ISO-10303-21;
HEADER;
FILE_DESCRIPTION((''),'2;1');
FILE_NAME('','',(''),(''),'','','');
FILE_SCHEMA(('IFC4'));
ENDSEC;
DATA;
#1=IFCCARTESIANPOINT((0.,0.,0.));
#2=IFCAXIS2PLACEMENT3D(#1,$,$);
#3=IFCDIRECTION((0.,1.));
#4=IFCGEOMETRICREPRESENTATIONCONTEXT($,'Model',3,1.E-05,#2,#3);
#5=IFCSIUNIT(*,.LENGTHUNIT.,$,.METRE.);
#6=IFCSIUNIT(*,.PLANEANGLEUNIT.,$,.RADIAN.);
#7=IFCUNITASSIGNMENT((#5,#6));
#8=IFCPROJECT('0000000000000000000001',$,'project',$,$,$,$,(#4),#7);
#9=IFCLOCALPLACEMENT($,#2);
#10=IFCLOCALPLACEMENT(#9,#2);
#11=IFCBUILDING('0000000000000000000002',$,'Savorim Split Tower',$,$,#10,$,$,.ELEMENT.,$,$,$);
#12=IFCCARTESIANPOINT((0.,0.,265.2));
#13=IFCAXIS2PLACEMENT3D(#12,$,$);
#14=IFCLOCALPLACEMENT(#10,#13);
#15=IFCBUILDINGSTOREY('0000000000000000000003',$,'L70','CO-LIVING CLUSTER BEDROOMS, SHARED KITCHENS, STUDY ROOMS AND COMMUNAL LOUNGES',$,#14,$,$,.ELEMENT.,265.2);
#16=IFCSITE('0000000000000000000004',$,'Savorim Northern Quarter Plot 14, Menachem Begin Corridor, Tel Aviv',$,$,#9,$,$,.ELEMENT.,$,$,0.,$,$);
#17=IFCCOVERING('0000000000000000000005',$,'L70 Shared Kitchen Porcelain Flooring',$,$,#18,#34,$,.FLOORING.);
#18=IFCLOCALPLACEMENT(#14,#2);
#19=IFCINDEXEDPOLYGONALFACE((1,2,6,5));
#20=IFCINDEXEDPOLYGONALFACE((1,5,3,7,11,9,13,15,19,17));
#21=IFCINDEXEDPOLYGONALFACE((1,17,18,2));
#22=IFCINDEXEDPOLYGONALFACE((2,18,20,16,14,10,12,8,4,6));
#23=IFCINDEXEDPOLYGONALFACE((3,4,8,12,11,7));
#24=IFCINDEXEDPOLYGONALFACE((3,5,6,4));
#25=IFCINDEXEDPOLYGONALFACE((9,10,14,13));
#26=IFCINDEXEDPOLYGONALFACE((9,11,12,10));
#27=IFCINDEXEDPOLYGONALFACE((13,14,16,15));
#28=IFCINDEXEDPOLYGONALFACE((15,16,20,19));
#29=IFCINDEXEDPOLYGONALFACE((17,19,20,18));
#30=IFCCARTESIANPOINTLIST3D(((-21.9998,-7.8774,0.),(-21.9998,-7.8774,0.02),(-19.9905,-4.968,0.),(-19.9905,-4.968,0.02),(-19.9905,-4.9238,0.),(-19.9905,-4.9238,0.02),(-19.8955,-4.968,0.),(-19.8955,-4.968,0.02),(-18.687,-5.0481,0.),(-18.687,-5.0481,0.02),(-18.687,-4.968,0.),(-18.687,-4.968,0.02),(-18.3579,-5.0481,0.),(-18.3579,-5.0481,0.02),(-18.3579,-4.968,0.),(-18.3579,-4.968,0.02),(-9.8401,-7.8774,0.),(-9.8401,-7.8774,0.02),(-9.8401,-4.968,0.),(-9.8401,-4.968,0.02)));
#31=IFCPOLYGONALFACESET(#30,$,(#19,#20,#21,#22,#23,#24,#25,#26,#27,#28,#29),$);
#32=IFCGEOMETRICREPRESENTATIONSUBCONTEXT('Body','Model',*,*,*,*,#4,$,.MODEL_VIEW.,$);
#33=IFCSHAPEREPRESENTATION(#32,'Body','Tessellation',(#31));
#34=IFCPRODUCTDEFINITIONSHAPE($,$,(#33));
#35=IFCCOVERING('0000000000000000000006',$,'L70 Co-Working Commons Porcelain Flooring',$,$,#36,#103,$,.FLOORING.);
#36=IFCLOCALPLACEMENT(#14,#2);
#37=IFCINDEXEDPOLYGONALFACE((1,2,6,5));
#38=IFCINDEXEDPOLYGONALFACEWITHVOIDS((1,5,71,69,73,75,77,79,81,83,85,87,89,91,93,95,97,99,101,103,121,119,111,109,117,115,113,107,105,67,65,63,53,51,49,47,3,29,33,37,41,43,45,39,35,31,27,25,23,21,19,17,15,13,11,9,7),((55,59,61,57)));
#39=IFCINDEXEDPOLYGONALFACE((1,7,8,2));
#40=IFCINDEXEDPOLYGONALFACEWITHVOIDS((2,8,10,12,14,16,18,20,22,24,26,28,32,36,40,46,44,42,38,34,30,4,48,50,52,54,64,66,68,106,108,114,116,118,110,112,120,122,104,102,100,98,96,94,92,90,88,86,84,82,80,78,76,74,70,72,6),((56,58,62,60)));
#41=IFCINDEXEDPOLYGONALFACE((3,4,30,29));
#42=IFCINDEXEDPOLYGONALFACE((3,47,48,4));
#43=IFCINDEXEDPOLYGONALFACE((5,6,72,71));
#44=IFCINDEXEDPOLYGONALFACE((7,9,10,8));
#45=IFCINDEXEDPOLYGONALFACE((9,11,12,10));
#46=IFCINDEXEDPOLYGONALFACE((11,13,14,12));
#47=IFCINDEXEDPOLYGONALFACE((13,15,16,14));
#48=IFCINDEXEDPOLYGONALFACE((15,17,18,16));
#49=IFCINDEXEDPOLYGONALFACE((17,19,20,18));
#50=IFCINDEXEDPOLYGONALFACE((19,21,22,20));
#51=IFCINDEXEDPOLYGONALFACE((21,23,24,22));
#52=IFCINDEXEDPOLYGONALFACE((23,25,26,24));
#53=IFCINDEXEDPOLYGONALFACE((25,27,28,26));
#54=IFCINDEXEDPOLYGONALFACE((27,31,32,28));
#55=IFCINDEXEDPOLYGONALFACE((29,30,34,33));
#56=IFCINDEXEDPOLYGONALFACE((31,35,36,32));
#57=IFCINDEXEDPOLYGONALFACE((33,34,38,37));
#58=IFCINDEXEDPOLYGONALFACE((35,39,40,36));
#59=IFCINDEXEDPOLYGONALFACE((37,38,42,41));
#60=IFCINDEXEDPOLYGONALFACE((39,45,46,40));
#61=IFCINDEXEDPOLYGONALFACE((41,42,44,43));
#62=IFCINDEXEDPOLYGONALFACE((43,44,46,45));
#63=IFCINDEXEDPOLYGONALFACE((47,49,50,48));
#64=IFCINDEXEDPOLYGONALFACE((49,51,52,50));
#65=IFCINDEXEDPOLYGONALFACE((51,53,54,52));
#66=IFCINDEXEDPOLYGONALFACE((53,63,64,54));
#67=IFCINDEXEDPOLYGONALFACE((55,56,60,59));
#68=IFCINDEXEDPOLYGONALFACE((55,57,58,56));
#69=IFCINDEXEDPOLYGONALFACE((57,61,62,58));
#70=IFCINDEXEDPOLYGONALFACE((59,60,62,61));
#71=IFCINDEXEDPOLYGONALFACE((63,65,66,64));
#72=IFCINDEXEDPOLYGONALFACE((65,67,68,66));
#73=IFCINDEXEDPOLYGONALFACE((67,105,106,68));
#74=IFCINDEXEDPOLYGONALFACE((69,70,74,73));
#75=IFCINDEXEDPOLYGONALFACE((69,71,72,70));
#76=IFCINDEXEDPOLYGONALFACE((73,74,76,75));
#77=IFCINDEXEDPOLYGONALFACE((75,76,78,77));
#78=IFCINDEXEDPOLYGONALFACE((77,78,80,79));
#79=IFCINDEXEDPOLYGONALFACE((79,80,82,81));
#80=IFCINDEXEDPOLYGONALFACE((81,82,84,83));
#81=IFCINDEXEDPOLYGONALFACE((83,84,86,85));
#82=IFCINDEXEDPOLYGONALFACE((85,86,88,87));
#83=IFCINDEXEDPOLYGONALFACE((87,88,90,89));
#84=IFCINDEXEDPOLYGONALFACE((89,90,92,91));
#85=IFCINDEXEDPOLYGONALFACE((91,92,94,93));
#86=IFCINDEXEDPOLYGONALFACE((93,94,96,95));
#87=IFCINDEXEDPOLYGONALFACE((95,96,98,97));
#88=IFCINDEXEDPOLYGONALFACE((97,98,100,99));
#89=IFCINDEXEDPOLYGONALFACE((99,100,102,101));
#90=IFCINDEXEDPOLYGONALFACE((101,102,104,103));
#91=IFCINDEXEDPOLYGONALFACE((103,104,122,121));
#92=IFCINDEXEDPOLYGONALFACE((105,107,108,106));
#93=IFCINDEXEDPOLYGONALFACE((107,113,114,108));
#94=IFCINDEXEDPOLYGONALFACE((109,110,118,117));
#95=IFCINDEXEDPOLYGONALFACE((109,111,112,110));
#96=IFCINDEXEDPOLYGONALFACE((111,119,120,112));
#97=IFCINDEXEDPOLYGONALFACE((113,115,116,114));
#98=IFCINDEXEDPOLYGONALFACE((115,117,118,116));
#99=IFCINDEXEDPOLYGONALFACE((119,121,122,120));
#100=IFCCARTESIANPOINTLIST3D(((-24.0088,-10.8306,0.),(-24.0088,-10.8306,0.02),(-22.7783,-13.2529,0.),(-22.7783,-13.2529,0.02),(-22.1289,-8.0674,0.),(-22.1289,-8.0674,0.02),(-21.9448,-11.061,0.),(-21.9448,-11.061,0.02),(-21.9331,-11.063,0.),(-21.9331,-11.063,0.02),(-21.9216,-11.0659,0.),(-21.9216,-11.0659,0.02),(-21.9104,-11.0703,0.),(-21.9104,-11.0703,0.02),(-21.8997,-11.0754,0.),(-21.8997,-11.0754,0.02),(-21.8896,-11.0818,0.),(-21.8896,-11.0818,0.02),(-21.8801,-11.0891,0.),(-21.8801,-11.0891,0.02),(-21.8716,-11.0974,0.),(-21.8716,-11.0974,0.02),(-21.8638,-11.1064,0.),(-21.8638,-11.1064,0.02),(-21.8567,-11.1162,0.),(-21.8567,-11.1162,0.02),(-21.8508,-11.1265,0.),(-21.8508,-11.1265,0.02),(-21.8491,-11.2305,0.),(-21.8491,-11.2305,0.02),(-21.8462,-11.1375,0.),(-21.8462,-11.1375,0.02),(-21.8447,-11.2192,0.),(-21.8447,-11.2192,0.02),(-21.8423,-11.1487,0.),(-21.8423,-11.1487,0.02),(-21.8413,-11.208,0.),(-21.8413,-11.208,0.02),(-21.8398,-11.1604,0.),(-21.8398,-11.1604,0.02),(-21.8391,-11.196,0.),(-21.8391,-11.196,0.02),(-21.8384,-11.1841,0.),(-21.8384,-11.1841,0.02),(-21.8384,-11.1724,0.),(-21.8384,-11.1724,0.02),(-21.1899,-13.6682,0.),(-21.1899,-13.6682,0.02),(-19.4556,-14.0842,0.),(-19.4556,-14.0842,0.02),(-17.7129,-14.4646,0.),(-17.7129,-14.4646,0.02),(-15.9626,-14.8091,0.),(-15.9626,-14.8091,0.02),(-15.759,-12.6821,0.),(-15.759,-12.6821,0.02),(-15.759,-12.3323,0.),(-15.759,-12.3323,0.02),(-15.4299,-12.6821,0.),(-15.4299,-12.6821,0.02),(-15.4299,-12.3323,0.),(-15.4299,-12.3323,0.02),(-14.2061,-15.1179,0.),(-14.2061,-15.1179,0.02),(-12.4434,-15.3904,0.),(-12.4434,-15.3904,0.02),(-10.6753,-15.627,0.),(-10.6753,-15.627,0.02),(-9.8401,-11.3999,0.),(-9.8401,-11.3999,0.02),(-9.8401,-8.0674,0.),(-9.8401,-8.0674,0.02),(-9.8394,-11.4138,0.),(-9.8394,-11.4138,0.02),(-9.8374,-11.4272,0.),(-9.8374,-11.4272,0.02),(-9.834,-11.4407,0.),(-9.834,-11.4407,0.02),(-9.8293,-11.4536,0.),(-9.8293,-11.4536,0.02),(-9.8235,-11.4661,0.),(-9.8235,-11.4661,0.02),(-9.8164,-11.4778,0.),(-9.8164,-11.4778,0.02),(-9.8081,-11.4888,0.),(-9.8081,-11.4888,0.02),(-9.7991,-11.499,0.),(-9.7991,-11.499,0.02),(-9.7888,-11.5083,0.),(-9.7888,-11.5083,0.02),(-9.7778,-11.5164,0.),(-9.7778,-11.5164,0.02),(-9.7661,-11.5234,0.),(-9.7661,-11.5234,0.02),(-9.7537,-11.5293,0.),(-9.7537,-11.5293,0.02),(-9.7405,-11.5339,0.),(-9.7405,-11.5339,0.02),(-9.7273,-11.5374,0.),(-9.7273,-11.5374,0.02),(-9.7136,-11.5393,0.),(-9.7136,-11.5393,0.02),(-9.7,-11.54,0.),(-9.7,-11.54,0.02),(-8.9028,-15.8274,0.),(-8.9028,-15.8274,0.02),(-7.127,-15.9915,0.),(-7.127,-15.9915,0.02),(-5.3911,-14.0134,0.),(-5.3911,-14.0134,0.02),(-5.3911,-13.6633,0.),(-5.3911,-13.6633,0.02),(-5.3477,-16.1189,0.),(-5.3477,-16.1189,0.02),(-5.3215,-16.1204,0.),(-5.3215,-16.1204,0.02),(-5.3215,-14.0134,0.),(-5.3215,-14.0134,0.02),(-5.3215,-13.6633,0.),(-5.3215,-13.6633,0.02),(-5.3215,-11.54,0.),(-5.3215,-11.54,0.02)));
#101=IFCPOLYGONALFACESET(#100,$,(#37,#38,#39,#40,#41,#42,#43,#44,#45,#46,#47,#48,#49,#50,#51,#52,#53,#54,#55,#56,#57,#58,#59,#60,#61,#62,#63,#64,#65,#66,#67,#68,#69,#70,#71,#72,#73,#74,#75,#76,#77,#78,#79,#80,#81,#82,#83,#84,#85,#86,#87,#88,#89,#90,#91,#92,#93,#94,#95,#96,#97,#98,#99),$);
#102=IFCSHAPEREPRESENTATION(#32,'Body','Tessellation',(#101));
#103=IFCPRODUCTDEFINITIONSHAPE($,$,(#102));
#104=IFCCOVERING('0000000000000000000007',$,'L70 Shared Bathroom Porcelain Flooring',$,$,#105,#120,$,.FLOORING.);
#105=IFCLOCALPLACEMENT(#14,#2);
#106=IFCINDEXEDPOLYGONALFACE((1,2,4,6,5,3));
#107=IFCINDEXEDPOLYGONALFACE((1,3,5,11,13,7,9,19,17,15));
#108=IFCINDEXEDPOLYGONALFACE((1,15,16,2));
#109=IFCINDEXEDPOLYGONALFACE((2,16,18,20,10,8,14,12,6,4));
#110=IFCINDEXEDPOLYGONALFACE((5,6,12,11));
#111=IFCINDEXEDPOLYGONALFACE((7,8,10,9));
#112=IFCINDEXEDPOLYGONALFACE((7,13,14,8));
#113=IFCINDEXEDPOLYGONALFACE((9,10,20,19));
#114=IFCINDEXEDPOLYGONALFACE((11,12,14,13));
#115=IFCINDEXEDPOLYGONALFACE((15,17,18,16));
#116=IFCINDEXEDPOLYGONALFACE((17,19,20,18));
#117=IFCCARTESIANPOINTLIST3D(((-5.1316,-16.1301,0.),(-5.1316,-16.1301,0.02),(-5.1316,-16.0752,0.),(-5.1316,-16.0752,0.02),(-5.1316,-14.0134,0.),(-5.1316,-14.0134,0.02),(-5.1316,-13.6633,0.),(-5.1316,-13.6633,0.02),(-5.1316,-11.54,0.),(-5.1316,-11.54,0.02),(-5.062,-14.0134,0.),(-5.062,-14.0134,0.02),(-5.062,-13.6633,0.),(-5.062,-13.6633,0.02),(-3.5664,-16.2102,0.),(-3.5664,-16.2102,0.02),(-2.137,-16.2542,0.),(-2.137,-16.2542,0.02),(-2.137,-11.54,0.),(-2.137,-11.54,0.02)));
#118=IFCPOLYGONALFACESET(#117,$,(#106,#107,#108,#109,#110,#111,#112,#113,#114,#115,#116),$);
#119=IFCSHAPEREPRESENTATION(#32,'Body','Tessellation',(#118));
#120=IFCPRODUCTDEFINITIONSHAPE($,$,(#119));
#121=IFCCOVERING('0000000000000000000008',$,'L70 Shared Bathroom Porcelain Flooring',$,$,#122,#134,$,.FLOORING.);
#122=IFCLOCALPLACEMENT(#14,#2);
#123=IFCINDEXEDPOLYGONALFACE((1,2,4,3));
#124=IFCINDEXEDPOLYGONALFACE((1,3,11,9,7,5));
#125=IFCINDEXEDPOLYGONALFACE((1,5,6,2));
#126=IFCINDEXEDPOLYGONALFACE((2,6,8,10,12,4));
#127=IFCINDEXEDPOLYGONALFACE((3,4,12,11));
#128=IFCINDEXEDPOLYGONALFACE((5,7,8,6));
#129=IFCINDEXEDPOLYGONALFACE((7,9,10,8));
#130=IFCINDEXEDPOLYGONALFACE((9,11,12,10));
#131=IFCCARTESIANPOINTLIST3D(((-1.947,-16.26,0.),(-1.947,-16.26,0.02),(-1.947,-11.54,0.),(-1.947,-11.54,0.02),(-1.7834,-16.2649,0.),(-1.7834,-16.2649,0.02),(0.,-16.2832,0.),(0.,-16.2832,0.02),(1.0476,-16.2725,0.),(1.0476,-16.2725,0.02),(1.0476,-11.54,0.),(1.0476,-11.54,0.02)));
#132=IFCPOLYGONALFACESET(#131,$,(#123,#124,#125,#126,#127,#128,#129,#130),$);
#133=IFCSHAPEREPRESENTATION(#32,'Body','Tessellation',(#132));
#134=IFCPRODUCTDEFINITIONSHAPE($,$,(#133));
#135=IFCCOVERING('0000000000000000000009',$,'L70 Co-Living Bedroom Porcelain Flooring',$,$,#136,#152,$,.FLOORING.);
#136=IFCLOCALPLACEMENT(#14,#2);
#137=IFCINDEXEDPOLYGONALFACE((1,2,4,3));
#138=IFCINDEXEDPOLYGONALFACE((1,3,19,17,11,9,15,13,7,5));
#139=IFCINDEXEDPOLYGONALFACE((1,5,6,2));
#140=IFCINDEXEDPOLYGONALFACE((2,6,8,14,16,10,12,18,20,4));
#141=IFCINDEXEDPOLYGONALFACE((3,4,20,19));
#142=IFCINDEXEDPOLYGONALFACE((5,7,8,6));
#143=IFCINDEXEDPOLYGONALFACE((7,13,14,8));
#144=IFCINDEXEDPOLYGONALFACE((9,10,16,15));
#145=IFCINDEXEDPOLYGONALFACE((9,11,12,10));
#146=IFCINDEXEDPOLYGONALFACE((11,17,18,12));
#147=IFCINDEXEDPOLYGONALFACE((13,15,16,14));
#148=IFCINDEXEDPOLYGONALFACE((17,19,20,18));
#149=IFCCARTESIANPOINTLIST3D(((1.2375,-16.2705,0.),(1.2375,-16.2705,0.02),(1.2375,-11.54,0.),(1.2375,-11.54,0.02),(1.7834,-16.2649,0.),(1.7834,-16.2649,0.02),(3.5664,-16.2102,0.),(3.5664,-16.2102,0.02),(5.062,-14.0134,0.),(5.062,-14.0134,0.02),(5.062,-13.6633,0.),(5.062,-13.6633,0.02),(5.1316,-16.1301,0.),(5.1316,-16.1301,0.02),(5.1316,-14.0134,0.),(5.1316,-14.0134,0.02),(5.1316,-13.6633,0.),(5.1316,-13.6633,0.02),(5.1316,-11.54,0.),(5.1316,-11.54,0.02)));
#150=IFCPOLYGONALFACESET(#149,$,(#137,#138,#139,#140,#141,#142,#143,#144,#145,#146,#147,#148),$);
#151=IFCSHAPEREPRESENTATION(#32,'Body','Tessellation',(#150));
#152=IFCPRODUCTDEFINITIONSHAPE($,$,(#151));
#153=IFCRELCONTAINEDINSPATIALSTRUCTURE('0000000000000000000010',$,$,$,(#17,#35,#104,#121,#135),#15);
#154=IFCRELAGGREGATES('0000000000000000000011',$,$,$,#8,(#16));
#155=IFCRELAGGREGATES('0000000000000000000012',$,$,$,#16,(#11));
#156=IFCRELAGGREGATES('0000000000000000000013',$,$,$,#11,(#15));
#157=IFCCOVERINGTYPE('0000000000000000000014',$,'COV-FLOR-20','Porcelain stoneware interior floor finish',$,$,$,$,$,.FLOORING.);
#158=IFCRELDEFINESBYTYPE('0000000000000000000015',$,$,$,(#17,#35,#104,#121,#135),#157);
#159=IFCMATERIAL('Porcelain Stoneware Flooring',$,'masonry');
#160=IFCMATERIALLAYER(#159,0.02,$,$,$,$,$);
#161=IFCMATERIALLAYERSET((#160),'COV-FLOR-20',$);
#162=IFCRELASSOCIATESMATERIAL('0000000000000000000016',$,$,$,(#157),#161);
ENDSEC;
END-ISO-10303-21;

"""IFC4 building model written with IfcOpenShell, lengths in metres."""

from ifc_helpers import new_model, si_unit, direction, frame, origin, place, context, subcontext, project, spatial, polyline, outline, extrude, material, layer, layer_set, type_object, element, save


model = new_model("IFC4")

# Units and contexts
model_context = context("Model", 3, precision=1e-05, world=origin(), true_north=direction((0.0, 1.0)))
body_context = subcontext(model_context, "Body", "Model", "MODEL_VIEW")
ifc_project = project(units=[si_unit("LENGTHUNIT", "METRE"), si_unit("PLANEANGLEUNIT", "RADIAN")], contexts=[model_context])

# Site, building, storey
site_placement = place(None, origin())
site = spatial("IfcSite", under=ifc_project, at=site_placement, Name="Savorim Northern Quarter Plot 14, Menachem Begin Corridor, Tel Aviv", CompositionType="ELEMENT", RefElevation=0.0)
building_placement = place(site_placement, origin())
building = spatial("IfcBuilding", under=site, at=building_placement, Name="Savorim Split Tower", CompositionType="ELEMENT")
storey_placement = place(building_placement, frame((0.0, 0.0, 265.2)))
storey = spatial("IfcBuildingStorey", under=building, at=storey_placement, Name="L70", Description="CO-LIVING CLUSTER BEDROOMS, SHARED KITCHENS, STUDY ROOMS AND COMMUNAL LOUNGES", CompositionType="ELEMENT", Elevation=265.2)

# Coverings
ifc_material_1 = material(Name="Porcelain Stoneware Flooring", Category="masonry")
ifc_layer_1 = layer(ifc_material_1, 0.02)
ifc_layer_set_1 = layer_set([ifc_layer_1], Name="COV-FLOR-20")
covering_type_1 = type_object("IfcCoveringType", Name="COV-FLOR-20", Description="Porcelain stoneware interior floor finish", PredefinedType="FLOORING", material=ifc_layer_set_1)
covering_1_placement = place(storey_placement, origin())
element("IfcCovering", 1, at=covering_1_placement, inside=storey, type_object=covering_type_1, Name="L70 Shared Kitchen Porcelain Flooring", PredefinedType="FLOORING", context=body_context, shape_type="SweptSolid", body=[
    extrude(outline(polyline([(-19.8955, -4.968), (-19.9905, -4.968), (-19.9905, -4.9238), (-21.9998, -7.8774), (-9.8401, -7.8774), (-9.8401, -4.968), (-18.3579, -4.968), (-18.3579, -5.0481), (-18.687, -5.0481), (-18.687, -4.968), (-19.8955, -4.968)])), origin(), (0.0, 0.0, 1.0), 0.02),
])
covering_2_placement = place(storey_placement, origin())
element("IfcCovering", 2, at=covering_2_placement, inside=storey, type_object=covering_type_1, Name="L70 Co-Working Commons Porcelain Flooring", PredefinedType="FLOORING", context=body_context, shape_type="SweptSolid", body=[
    extrude(outline(polyline([(-21.8384, -11.1724), (-21.8384, -11.1841), (-21.8391, -11.196), (-21.8413, -11.208), (-21.8447, -11.2192), (-21.8491, -11.2305), (-22.7783, -13.2529), (-21.1899, -13.6682), (-19.4556, -14.0842), (-17.7129, -14.4646), (-15.9626, -14.8091), (-14.2061, -15.1179), (-12.4434, -15.3904), (-10.6753, -15.627), (-8.9028, -15.8274), (-7.127, -15.9915), (-5.3477, -16.1189), (-5.3215, -16.1204), (-5.3215, -14.0134), (-5.3911, -14.0134), (-5.3911, -13.6633), (-5.3215, -13.6633), (-5.3215, -11.54), (-9.7, -11.54), (-9.7136, -11.5393), (-9.7273, -11.5374), (-9.7405, -11.5339), (-9.7537, -11.5293), (-9.7661, -11.5234), (-9.7778, -11.5164), (-9.7888, -11.5083), (-9.7991, -11.499), (-9.8081, -11.4888), (-9.8164, -11.4778), (-9.8235, -11.4661), (-9.8293, -11.4536), (-9.834, -11.4407), (-9.8374, -11.4272), (-9.8394, -11.4138), (-9.8401, -11.3999), (-9.8401, -8.0674), (-22.1289, -8.0674), (-24.0088, -10.8306), (-21.9448, -11.061), (-21.9331, -11.063), (-21.9216, -11.0659), (-21.9104, -11.0703), (-21.8997, -11.0754), (-21.8896, -11.0818), (-21.8801, -11.0891), (-21.8716, -11.0974), (-21.8638, -11.1064), (-21.8567, -11.1162), (-21.8508, -11.1265), (-21.8462, -11.1375), (-21.8423, -11.1487), (-21.8398, -11.1604), (-21.8384, -11.1724)]), holes=[polyline([(-15.759, -12.6821), (-15.4299, -12.6821), (-15.4299, -12.3323), (-15.759, -12.3323), (-15.759, -12.6821)])]), origin(), (0.0, 0.0, 1.0), 0.02),
])
covering_3_placement = place(storey_placement, origin())
element("IfcCovering", 3, at=covering_3_placement, inside=storey, type_object=covering_type_1, Name="L70 Shared Bathroom Porcelain Flooring", PredefinedType="FLOORING", context=body_context, shape_type="SweptSolid", body=[
    extrude(outline(polyline([(-5.1316, -16.0752), (-5.1316, -16.1301), (-3.5664, -16.2102), (-2.137, -16.2542), (-2.137, -11.54), (-5.1316, -11.54), (-5.1316, -13.6633), (-5.062, -13.6633), (-5.062, -14.0134), (-5.1316, -14.0134), (-5.1316, -16.0752)])), origin(), (0.0, 0.0, 1.0), 0.02),
])
covering_4_placement = place(storey_placement, origin())
element("IfcCovering", 4, at=covering_4_placement, inside=storey, type_object=covering_type_1, Name="L70 Shared Bathroom Porcelain Flooring", PredefinedType="FLOORING", context=body_context, shape_type="SweptSolid", body=[
    extrude(outline(polyline([(-1.947, -16.26), (-1.7834, -16.2649), (0.0, -16.2832), (1.0476, -16.2725), (1.0476, -11.54), (-1.947, -11.54), (-1.947, -16.26)])), origin(), (0.0, 0.0, 1.0), 0.02),
])
covering_5_placement = place(storey_placement, origin())
element("IfcCovering", 5, at=covering_5_placement, inside=storey, type_object=covering_type_1, Name="L70 Co-Living Bedroom Porcelain Flooring", PredefinedType="FLOORING", context=body_context, shape_type="SweptSolid", body=[
    extrude(outline(polyline([(1.2375, -11.54), (1.2375, -16.2705), (1.7834, -16.2649), (3.5664, -16.2102), (5.1316, -16.1301), (5.1316, -14.0134), (5.062, -14.0134), (5.062, -13.6633), (5.1316, -13.6633), (5.1316, -11.54), (1.2375, -11.54)])), origin(), (0.0, 0.0, 1.0), 0.02),
])

save(model, "model.ifc")
